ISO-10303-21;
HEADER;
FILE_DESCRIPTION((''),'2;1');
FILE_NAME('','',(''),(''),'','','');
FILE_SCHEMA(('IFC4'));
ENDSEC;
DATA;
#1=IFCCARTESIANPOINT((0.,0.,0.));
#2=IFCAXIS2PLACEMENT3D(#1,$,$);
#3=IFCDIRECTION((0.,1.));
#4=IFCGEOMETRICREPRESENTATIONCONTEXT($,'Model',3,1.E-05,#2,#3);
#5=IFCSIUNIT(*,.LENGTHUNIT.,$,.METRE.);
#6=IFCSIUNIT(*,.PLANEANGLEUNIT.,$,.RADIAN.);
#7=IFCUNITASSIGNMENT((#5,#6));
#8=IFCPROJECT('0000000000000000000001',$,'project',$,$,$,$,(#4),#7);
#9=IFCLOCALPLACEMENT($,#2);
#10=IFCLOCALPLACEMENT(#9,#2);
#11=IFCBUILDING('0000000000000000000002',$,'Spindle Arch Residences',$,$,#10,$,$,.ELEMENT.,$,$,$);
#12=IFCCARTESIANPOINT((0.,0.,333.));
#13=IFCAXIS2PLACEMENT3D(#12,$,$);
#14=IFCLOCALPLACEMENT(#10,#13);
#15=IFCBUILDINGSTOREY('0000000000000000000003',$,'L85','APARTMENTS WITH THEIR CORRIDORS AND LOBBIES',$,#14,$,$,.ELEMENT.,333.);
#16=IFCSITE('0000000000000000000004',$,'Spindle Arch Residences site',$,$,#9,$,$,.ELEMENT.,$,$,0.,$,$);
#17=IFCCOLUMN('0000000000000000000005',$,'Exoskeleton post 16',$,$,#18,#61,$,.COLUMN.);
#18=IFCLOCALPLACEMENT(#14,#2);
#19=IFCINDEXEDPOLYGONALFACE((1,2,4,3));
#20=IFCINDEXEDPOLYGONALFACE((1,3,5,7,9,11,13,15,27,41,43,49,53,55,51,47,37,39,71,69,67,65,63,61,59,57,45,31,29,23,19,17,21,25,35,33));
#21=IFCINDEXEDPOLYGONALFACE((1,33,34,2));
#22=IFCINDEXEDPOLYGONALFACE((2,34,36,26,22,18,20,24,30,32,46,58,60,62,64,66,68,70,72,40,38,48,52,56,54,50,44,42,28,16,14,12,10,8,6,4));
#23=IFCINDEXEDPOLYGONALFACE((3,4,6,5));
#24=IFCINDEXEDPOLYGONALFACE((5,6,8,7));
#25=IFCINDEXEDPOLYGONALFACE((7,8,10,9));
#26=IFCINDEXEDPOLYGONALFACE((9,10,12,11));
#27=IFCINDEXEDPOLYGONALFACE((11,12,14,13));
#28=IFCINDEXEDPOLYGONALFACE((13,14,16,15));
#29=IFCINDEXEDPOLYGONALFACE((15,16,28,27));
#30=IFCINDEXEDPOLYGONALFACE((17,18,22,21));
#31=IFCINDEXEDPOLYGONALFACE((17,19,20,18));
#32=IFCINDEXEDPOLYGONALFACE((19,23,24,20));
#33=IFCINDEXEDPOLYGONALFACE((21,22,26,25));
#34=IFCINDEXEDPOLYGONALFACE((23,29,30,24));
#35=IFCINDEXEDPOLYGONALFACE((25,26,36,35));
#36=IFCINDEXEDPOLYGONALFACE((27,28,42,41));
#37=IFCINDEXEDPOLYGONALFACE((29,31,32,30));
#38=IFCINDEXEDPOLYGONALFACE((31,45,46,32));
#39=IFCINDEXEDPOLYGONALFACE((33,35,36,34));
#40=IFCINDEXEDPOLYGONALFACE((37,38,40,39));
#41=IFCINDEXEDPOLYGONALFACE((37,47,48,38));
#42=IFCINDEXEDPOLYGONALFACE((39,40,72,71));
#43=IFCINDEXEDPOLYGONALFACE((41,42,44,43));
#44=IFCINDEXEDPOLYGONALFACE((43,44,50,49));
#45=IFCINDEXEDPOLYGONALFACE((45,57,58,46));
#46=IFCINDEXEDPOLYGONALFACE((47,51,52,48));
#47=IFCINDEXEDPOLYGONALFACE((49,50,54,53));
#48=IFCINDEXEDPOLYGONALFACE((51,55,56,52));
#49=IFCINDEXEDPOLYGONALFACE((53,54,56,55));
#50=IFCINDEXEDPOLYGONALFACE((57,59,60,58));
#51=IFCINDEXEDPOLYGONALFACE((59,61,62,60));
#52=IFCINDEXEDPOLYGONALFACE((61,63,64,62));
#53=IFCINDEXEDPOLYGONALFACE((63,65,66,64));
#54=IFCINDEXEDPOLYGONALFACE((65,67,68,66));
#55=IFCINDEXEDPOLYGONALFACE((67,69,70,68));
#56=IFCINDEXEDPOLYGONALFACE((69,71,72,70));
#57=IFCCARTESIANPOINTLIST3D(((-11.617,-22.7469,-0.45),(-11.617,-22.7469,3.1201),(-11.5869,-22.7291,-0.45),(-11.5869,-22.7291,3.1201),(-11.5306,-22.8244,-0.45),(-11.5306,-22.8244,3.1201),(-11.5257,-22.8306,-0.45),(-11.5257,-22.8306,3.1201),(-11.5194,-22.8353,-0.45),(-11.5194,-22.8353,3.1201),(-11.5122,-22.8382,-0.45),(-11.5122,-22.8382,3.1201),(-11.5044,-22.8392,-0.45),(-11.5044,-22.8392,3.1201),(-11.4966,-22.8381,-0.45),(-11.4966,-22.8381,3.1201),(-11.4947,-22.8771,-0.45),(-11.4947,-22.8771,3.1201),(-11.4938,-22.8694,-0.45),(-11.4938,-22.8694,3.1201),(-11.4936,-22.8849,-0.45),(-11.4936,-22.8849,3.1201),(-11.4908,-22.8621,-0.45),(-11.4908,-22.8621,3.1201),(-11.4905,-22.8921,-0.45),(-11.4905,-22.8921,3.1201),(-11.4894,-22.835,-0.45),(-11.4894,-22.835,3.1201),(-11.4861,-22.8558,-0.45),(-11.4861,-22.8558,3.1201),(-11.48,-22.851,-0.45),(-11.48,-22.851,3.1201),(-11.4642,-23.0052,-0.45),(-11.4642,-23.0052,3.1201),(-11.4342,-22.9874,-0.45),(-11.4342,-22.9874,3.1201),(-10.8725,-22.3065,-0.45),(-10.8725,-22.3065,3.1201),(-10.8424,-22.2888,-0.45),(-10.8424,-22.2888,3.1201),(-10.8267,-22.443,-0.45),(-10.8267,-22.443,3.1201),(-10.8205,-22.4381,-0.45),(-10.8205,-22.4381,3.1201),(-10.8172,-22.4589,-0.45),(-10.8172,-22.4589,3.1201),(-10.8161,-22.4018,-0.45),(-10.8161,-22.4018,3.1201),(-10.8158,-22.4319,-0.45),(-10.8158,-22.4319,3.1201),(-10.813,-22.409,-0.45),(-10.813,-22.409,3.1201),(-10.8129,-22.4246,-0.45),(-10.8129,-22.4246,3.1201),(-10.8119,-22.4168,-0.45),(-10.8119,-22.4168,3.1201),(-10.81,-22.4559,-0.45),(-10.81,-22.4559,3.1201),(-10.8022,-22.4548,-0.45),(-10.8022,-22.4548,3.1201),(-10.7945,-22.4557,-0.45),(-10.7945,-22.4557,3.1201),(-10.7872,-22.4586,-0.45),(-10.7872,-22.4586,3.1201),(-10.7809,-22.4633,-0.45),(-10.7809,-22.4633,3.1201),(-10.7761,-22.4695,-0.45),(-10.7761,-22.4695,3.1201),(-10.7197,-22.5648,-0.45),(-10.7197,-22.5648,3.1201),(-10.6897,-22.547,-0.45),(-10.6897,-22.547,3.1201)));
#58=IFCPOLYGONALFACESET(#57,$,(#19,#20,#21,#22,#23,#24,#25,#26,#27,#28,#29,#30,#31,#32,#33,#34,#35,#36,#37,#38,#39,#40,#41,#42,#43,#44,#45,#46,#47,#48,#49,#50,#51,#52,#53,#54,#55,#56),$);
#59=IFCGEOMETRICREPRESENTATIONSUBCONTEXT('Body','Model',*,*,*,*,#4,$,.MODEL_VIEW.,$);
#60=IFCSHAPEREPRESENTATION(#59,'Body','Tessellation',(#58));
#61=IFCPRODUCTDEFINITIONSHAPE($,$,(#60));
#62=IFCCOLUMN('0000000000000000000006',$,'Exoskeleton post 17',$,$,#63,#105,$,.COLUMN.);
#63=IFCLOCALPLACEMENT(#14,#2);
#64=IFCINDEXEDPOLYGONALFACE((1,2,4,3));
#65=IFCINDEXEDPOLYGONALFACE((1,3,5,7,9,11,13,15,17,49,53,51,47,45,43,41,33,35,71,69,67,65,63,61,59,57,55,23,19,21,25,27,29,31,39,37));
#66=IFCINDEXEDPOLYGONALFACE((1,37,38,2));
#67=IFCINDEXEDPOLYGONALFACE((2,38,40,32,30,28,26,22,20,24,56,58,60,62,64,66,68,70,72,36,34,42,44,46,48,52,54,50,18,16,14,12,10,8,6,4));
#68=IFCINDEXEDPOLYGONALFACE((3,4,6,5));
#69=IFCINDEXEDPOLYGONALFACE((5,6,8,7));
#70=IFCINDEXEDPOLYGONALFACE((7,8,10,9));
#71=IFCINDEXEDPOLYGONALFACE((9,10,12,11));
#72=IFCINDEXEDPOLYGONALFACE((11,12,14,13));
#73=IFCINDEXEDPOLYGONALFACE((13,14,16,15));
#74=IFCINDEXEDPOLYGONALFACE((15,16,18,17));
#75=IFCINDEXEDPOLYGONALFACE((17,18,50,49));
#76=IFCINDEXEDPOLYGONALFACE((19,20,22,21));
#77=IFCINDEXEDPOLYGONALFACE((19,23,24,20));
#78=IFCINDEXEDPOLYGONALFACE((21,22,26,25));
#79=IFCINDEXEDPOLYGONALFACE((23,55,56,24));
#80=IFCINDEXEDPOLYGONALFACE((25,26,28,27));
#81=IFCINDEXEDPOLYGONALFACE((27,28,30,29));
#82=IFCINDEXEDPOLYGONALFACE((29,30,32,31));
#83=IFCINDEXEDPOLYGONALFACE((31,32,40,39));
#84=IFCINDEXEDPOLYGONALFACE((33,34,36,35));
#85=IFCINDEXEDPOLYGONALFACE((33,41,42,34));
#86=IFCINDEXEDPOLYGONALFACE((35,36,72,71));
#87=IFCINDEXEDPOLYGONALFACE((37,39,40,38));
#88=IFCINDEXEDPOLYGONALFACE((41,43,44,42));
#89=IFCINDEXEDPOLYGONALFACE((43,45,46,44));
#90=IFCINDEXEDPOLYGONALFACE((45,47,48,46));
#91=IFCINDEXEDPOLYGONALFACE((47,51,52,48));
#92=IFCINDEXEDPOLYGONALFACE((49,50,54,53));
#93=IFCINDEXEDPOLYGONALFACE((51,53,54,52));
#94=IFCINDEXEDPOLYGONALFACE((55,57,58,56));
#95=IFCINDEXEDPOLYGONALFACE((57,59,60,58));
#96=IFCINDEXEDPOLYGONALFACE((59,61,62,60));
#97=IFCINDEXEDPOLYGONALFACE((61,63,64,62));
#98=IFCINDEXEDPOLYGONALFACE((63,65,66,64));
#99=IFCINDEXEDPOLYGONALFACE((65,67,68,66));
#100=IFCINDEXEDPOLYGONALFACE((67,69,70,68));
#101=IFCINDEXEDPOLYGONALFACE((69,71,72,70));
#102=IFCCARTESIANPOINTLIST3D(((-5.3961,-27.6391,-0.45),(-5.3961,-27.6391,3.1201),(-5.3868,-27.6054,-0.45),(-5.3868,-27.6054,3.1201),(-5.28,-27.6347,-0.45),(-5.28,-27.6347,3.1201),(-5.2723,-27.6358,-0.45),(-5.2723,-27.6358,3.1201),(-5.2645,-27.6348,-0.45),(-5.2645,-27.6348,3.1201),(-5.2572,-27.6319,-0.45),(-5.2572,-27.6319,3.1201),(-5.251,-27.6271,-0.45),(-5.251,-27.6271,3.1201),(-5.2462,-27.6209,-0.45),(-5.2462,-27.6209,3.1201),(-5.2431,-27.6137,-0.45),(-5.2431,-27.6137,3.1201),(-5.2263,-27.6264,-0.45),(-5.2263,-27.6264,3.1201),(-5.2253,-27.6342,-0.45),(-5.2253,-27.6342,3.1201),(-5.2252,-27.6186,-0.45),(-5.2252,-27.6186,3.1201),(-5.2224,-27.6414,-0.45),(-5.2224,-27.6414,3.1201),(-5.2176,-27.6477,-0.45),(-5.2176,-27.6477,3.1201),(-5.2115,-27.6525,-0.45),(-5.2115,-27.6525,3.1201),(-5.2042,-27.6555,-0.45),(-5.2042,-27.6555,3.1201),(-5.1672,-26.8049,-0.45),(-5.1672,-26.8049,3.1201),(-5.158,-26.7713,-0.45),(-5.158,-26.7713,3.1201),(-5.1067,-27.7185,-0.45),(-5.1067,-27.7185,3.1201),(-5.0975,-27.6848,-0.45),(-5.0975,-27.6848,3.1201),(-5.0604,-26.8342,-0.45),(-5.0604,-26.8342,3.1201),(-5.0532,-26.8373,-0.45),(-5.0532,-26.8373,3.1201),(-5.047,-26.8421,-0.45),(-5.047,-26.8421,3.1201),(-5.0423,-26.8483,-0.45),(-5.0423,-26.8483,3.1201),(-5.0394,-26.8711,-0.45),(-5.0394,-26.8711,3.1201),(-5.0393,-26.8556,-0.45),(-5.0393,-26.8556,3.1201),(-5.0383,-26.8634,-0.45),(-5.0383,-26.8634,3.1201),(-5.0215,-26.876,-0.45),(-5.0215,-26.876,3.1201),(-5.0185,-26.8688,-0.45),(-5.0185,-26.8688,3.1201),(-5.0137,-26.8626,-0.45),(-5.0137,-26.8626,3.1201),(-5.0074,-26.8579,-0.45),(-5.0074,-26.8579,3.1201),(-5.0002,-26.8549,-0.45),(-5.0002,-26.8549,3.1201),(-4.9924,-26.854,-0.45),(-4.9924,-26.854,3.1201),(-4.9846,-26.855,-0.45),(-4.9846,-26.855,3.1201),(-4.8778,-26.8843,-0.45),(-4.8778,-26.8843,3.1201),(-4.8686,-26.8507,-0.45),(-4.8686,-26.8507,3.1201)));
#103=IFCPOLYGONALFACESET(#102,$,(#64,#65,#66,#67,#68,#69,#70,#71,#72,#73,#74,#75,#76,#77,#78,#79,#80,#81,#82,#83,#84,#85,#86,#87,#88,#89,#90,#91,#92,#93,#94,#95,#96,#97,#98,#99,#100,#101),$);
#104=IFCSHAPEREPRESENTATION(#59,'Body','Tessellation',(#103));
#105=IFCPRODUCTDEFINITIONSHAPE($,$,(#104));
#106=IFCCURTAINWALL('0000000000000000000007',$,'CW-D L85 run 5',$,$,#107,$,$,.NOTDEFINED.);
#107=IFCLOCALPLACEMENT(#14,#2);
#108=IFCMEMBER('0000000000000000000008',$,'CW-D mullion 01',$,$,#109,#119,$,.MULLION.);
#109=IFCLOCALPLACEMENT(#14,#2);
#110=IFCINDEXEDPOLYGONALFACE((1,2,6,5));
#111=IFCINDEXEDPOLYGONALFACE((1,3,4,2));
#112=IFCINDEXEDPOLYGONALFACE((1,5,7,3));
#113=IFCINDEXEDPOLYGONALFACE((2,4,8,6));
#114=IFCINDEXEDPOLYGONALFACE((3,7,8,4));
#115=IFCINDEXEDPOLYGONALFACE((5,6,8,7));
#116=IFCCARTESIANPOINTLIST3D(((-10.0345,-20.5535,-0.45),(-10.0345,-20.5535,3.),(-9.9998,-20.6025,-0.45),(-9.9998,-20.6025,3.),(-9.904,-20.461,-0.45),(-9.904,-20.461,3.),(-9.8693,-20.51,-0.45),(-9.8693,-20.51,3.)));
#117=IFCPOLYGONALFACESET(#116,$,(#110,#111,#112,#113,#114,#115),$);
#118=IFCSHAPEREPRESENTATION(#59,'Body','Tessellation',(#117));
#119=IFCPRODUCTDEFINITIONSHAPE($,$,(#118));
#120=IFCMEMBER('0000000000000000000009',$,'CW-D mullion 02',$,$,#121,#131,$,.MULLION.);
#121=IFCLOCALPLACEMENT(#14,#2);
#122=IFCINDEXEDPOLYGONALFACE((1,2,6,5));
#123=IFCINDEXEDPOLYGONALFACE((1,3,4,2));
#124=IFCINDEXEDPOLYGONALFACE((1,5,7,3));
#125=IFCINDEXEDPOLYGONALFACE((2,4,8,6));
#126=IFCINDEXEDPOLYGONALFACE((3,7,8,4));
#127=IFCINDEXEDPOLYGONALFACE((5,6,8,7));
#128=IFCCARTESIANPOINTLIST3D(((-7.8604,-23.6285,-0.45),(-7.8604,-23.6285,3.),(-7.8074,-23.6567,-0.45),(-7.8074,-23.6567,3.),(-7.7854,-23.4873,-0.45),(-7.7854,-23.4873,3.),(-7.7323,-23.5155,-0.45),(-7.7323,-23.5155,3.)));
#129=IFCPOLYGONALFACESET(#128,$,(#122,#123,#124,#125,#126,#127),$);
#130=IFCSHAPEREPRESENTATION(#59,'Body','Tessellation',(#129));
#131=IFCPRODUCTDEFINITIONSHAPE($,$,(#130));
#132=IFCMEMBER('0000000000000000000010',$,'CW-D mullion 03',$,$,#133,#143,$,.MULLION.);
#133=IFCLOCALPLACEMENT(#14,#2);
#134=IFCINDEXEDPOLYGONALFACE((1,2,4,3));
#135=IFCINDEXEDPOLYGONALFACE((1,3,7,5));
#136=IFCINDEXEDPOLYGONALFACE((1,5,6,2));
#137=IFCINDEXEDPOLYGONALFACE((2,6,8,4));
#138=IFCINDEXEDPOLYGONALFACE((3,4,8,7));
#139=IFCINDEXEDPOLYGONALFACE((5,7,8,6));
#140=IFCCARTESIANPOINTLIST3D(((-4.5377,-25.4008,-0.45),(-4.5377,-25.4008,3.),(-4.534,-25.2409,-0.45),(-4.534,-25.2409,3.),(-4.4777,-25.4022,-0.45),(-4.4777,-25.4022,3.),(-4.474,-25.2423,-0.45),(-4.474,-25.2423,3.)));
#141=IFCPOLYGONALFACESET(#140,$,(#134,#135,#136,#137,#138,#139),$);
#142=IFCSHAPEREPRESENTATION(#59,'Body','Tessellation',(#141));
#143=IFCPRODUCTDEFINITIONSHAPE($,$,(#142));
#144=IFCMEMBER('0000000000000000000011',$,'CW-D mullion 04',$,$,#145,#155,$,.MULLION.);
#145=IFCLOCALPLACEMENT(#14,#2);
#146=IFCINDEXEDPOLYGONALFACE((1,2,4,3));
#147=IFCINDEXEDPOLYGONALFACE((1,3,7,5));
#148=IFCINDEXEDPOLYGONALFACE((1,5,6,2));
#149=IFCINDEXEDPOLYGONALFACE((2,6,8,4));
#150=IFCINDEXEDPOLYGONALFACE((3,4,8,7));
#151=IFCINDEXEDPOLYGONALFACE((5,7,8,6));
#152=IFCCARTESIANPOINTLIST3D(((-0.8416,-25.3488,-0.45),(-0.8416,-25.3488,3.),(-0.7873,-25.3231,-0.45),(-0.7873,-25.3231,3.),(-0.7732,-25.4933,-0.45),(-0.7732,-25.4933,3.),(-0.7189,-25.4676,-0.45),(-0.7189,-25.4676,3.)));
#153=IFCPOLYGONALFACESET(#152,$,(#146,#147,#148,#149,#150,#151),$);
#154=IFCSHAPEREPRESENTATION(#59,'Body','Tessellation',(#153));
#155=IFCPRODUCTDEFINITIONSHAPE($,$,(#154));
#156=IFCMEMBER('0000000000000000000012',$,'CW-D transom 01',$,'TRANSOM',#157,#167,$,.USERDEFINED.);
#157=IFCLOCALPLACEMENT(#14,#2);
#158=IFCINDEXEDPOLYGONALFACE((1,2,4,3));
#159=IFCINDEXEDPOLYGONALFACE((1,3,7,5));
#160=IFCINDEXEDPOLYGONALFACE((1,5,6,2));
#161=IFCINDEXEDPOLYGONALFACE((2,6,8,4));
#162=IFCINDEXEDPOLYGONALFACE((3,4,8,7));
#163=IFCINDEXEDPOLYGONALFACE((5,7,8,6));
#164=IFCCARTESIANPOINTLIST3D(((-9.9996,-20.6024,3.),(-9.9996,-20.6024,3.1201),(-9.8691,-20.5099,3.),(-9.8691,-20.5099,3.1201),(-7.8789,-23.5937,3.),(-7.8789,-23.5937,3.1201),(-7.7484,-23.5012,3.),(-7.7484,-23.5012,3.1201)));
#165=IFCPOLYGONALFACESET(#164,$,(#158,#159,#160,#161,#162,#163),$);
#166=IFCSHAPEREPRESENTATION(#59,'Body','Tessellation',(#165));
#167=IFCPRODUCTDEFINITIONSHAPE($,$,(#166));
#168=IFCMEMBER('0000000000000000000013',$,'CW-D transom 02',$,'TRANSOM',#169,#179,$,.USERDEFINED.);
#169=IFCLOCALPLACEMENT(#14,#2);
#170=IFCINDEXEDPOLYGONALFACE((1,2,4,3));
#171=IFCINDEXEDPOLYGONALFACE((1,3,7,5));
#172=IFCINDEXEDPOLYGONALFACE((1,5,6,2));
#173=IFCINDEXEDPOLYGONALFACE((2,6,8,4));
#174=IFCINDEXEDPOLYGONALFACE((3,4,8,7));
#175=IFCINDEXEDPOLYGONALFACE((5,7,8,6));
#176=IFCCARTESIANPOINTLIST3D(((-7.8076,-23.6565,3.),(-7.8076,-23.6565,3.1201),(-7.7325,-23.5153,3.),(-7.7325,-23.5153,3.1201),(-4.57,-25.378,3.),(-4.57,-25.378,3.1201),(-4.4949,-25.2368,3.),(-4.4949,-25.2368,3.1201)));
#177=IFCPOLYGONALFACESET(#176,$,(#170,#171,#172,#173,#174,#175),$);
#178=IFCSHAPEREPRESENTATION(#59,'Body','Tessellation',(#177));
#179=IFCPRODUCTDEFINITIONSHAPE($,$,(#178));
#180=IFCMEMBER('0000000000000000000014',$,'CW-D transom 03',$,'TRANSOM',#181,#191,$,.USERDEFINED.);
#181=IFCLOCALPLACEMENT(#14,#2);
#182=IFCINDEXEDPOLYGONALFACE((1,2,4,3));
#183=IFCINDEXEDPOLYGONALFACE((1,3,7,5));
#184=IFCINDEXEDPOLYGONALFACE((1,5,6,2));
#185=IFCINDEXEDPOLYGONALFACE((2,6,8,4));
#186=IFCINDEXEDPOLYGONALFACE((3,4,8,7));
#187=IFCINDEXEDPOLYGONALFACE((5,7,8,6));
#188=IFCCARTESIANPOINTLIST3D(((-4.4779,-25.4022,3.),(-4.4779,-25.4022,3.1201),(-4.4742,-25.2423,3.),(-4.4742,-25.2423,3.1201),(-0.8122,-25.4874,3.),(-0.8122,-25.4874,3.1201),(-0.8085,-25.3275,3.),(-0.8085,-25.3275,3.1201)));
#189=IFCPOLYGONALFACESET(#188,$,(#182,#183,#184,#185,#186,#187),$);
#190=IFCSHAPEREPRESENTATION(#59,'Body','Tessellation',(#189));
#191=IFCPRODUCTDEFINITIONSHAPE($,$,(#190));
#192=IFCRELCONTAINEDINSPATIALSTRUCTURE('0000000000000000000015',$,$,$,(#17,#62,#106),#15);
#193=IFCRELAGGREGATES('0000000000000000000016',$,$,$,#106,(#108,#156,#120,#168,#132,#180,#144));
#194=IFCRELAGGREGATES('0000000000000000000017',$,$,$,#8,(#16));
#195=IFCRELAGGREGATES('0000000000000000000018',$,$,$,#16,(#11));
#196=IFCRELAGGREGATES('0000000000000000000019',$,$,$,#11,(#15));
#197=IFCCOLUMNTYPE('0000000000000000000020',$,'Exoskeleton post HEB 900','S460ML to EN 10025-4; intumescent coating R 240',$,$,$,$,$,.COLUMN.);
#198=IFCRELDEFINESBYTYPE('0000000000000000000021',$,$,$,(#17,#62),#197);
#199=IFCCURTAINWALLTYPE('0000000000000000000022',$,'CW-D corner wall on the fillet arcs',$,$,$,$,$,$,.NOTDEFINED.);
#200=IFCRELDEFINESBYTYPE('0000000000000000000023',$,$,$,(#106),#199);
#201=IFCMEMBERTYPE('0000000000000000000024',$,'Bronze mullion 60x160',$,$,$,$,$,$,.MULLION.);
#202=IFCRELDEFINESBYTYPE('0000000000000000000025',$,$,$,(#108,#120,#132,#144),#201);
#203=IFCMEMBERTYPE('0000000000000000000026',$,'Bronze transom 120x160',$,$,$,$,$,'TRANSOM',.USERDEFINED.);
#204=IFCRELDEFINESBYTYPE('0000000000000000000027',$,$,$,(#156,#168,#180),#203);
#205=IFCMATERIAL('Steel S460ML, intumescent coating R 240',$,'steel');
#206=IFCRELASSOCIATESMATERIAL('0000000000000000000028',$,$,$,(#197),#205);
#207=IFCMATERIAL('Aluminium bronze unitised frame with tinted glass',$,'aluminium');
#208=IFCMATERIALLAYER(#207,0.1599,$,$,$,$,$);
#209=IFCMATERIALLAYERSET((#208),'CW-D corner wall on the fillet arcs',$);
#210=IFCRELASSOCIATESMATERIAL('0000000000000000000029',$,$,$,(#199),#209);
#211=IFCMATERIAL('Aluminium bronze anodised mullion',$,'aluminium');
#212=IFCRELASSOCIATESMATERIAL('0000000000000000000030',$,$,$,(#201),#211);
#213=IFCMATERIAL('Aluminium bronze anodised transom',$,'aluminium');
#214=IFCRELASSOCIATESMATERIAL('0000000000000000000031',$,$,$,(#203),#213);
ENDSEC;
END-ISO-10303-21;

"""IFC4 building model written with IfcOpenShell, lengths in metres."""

from ifc_helpers import new_model, si_unit, direction, frame, origin, origin_2d, place, context, subcontext, project, spatial, rectangle, i_section, extrude, material, layer, layer_set, material_profile, profile_set, type_object, element, aggregate, save


model = new_model("IFC4")

# Units and contexts
model_context = context("Model", 3, precision=1e-05, world=origin(), true_north=direction((0.0, 1.0)))
body_context = subcontext(model_context, "Body", "Model", "MODEL_VIEW")
ifc_project = project(units=[si_unit("LENGTHUNIT", "METRE"), si_unit("PLANEANGLEUNIT", "RADIAN")], contexts=[model_context])

# Site, building, storey
site_placement = place(None, origin())
site = spatial("IfcSite", under=ifc_project, at=site_placement, Name="Spindle Arch Residences site", CompositionType="ELEMENT", RefElevation=0.0)
building_placement = place(site_placement, origin())
building = spatial("IfcBuilding", under=site, at=building_placement, Name="Spindle Arch Residences", CompositionType="ELEMENT")
storey_placement = place(building_placement, frame((0.0, 0.0, 333.0)))
storey = spatial("IfcBuildingStorey", under=building, at=storey_placement, Name="L85", Description="APARTMENTS WITH THEIR CORRIDORS AND LOBBIES", CompositionType="ELEMENT", Elevation=333.0)

# Columns
ifc_material_1 = material(Name="Steel S460ML, intumescent coating R 240", Category="steel")
ifc_material_profile_1 = material_profile(ifc_material_1, i_section(OverallWidth=0.3, OverallDepth=0.8999, WebThickness=0.0186, FlangeThickness=0.0349, FilletRadius=0.03, at=origin_2d()), Name="HEB 900")
ifc_profile_set_1 = profile_set([ifc_material_profile_1], Name="Steel S460ML, intumescent coating R 240")
column_type = type_object("IfcColumnType", Name="Exoskeleton post HEB 900", Description="S460ML to EN 10025-4; intumescent coating R 240", PredefinedType="COLUMN", material=ifc_profile_set_1)
for number, where, z_axis, x_axis, name in (
    (1, (-11.1533, -22.647, -0.45), (0.0, 0.0, 1.0), (-0.509114, 0.860699, 0.0), "Exoskeleton post 16"),
    (2, (-5.1323, -27.2449, -0.45), (0.0, 0.0, 1.0), (-0.964363, 0.264583, 0.0), "Exoskeleton post 17"),
):
    element("IfcColumn", number, at=place(storey_placement, frame(where, z_axis=z_axis, x_axis=x_axis)), inside=storey, type_object=column_type, Name=name, PredefinedType="COLUMN", context=body_context, shape_type="SweptSolid", body=[
        extrude(i_section(OverallWidth=0.3, OverallDepth=0.8999, WebThickness=0.0186, FlangeThickness=0.0349, FilletRadius=0.03, at=origin_2d()), origin(), (0.0, 0.0, 1.0), 3.5701),
    ])

# Curtain wall, members
ifc_material_2 = material(Name="Aluminium bronze unitised frame with tinted glass", Category="aluminium")
ifc_layer_1 = layer(ifc_material_2, 0.1599)
ifc_layer_set_1 = layer_set([ifc_layer_1], Name="CW-D corner wall on the fillet arcs")
curtain_wall_type = type_object("IfcCurtainWallType", Name="CW-D corner wall on the fillet arcs", PredefinedType="NOTDEFINED", material=ifc_layer_set_1)
curtain_wall_placement = place(storey_placement, origin())
curtain_wall = element("IfcCurtainWall", 3, at=curtain_wall_placement, inside=storey, type_object=curtain_wall_type, Name="CW-D L85 run 5", PredefinedType="NOTDEFINED")
ifc_material_3 = material(Name="Aluminium bronze anodised mullion", Category="aluminium")
ifc_material_profile_2 = material_profile(ifc_material_3, rectangle(XDim=0.1599, YDim=0.0601, at=origin_2d()), Name="MU 60x160")
ifc_profile_set_2 = profile_set([ifc_material_profile_2], Name="Aluminium bronze anodised mullion")
member_type_1 = type_object("IfcMemberType", Name="Bronze mullion 60x160", PredefinedType="MULLION", material=ifc_profile_set_2)
member_1_placement = place(storey_placement, frame((-9.9519, -20.5317, -0.45), z_axis=(0.0, 0.0, 1.0), x_axis=(0.815801, 0.578332, 0.0)))
member_1 = element("IfcMember", 4, at=member_1_placement, type_object=member_type_1, Name="CW-D mullion 01", PredefinedType="MULLION", context=body_context, shape_type="SweptSolid", body=[
    extrude(rectangle(XDim=0.1599, YDim=0.0601, at=origin_2d()), origin(), (0.0, 0.0, 1.0), 3.45),
])
member_2_placement = place(storey_placement, frame((-7.7964, -23.572, -0.45), z_axis=(0.0, 0.0, 1.0), x_axis=(0.469472, 0.882948, 0.0)))
member_2 = element("IfcMember", 5, at=member_2_placement, type_object=member_type_1, Name="CW-D mullion 02", PredefinedType="MULLION", context=body_context, shape_type="SweptSolid", body=[
    extrude(rectangle(XDim=0.1599, YDim=0.0601, at=origin_2d()), origin(), (0.0, 0.0, 1.0), 3.45),
])
member_3_placement = place(storey_placement, frame((-4.5059, -25.3215, -0.45), z_axis=(0.0, 0.0, 1.0), x_axis=(0.023269, 0.999729, 0.0)))
member_3 = element("IfcMember", 6, at=member_3_placement, type_object=member_type_1, Name="CW-D mullion 03", PredefinedType="MULLION", context=body_context, shape_type="SweptSolid", body=[
    extrude(rectangle(XDim=0.1599, YDim=0.0601, at=origin_2d()), origin(), (0.0, 0.0, 1.0), 3.45),
])
member_4_placement = place(storey_placement, frame((-0.7803, -25.4082, -0.45), z_axis=(0.0, 0.0, 1.0), x_axis=(-0.427884, 0.903834, 0.0)))
member_4 = element("IfcMember", 7, at=member_4_placement, type_object=member_type_1, Name="CW-D mullion 04", PredefinedType="MULLION", context=body_context, shape_type="SweptSolid", body=[
    extrude(rectangle(XDim=0.1599, YDim=0.0601, at=origin_2d()), origin(), (0.0, 0.0, 1.0), 3.45),
])
ifc_material_4 = material(Name="Aluminium bronze anodised transom", Category="aluminium")
ifc_material_profile_3 = material_profile(ifc_material_4, rectangle(XDim=0.1599, YDim=0.1201, at=origin_2d()), Name="TR 120x160")
ifc_profile_set_3 = profile_set([ifc_material_profile_3], Name="Aluminium bronze anodised transom")
member_type_2 = type_object("IfcMemberType", Name="Bronze transom 120x160", ElementType="TRANSOM", PredefinedType="USERDEFINED", material=ifc_profile_set_3)
member_5_placement = place(storey_placement, frame((-9.9343, -20.5562, 3.0601), z_axis=(0.57835, -0.815789, 0.0), x_axis=(0.815789, 0.57835, 0.0)))
member_5 = element("IfcMember", 8, at=member_5_placement, type_object=member_type_2, Name="CW-D transom 01", ObjectType="TRANSOM", PredefinedType="USERDEFINED", context=body_context, shape_type="SweptSolid", body=[
    extrude(rectangle(XDim=0.1599, YDim=0.1201, at=origin_2d()), origin(), (0.0, 0.0, 1.0), 3.6667),
])
member_6_placement = place(storey_placement, frame((-7.77, -23.5859, 3.0601), z_axis=(0.882948, -0.469472, 0.0), x_axis=(0.469472, 0.882948, 0.0)))
member_6 = element("IfcMember", 9, at=member_6_placement, type_object=member_type_2, Name="CW-D transom 02", ObjectType="TRANSOM", PredefinedType="USERDEFINED", context=body_context, shape_type="SweptSolid", body=[
    extrude(rectangle(XDim=0.1599, YDim=0.1201, at=origin_2d()), origin(), (0.0, 0.0, 1.0), 3.6667),
])
member_7_placement = place(storey_placement, frame((-4.4761, -25.3223, 3.0601), z_axis=(0.99973, -0.023237, 0.0), x_axis=(0.023237, 0.99973, 0.0)))
member_7 = element("IfcMember", 10, at=member_7_placement, type_object=member_type_2, Name="CW-D transom 03", ObjectType="TRANSOM", PredefinedType="USERDEFINED", context=body_context, shape_type="SweptSolid", body=[
    extrude(rectangle(XDim=0.1599, YDim=0.1201, at=origin_2d()), origin(), (0.0, 0.0, 1.0), 3.6667),
])

aggregate(curtain_wall, [member_1, member_5, member_2, member_6, member_3, member_7, member_4])

save(model, "model.ifc")
